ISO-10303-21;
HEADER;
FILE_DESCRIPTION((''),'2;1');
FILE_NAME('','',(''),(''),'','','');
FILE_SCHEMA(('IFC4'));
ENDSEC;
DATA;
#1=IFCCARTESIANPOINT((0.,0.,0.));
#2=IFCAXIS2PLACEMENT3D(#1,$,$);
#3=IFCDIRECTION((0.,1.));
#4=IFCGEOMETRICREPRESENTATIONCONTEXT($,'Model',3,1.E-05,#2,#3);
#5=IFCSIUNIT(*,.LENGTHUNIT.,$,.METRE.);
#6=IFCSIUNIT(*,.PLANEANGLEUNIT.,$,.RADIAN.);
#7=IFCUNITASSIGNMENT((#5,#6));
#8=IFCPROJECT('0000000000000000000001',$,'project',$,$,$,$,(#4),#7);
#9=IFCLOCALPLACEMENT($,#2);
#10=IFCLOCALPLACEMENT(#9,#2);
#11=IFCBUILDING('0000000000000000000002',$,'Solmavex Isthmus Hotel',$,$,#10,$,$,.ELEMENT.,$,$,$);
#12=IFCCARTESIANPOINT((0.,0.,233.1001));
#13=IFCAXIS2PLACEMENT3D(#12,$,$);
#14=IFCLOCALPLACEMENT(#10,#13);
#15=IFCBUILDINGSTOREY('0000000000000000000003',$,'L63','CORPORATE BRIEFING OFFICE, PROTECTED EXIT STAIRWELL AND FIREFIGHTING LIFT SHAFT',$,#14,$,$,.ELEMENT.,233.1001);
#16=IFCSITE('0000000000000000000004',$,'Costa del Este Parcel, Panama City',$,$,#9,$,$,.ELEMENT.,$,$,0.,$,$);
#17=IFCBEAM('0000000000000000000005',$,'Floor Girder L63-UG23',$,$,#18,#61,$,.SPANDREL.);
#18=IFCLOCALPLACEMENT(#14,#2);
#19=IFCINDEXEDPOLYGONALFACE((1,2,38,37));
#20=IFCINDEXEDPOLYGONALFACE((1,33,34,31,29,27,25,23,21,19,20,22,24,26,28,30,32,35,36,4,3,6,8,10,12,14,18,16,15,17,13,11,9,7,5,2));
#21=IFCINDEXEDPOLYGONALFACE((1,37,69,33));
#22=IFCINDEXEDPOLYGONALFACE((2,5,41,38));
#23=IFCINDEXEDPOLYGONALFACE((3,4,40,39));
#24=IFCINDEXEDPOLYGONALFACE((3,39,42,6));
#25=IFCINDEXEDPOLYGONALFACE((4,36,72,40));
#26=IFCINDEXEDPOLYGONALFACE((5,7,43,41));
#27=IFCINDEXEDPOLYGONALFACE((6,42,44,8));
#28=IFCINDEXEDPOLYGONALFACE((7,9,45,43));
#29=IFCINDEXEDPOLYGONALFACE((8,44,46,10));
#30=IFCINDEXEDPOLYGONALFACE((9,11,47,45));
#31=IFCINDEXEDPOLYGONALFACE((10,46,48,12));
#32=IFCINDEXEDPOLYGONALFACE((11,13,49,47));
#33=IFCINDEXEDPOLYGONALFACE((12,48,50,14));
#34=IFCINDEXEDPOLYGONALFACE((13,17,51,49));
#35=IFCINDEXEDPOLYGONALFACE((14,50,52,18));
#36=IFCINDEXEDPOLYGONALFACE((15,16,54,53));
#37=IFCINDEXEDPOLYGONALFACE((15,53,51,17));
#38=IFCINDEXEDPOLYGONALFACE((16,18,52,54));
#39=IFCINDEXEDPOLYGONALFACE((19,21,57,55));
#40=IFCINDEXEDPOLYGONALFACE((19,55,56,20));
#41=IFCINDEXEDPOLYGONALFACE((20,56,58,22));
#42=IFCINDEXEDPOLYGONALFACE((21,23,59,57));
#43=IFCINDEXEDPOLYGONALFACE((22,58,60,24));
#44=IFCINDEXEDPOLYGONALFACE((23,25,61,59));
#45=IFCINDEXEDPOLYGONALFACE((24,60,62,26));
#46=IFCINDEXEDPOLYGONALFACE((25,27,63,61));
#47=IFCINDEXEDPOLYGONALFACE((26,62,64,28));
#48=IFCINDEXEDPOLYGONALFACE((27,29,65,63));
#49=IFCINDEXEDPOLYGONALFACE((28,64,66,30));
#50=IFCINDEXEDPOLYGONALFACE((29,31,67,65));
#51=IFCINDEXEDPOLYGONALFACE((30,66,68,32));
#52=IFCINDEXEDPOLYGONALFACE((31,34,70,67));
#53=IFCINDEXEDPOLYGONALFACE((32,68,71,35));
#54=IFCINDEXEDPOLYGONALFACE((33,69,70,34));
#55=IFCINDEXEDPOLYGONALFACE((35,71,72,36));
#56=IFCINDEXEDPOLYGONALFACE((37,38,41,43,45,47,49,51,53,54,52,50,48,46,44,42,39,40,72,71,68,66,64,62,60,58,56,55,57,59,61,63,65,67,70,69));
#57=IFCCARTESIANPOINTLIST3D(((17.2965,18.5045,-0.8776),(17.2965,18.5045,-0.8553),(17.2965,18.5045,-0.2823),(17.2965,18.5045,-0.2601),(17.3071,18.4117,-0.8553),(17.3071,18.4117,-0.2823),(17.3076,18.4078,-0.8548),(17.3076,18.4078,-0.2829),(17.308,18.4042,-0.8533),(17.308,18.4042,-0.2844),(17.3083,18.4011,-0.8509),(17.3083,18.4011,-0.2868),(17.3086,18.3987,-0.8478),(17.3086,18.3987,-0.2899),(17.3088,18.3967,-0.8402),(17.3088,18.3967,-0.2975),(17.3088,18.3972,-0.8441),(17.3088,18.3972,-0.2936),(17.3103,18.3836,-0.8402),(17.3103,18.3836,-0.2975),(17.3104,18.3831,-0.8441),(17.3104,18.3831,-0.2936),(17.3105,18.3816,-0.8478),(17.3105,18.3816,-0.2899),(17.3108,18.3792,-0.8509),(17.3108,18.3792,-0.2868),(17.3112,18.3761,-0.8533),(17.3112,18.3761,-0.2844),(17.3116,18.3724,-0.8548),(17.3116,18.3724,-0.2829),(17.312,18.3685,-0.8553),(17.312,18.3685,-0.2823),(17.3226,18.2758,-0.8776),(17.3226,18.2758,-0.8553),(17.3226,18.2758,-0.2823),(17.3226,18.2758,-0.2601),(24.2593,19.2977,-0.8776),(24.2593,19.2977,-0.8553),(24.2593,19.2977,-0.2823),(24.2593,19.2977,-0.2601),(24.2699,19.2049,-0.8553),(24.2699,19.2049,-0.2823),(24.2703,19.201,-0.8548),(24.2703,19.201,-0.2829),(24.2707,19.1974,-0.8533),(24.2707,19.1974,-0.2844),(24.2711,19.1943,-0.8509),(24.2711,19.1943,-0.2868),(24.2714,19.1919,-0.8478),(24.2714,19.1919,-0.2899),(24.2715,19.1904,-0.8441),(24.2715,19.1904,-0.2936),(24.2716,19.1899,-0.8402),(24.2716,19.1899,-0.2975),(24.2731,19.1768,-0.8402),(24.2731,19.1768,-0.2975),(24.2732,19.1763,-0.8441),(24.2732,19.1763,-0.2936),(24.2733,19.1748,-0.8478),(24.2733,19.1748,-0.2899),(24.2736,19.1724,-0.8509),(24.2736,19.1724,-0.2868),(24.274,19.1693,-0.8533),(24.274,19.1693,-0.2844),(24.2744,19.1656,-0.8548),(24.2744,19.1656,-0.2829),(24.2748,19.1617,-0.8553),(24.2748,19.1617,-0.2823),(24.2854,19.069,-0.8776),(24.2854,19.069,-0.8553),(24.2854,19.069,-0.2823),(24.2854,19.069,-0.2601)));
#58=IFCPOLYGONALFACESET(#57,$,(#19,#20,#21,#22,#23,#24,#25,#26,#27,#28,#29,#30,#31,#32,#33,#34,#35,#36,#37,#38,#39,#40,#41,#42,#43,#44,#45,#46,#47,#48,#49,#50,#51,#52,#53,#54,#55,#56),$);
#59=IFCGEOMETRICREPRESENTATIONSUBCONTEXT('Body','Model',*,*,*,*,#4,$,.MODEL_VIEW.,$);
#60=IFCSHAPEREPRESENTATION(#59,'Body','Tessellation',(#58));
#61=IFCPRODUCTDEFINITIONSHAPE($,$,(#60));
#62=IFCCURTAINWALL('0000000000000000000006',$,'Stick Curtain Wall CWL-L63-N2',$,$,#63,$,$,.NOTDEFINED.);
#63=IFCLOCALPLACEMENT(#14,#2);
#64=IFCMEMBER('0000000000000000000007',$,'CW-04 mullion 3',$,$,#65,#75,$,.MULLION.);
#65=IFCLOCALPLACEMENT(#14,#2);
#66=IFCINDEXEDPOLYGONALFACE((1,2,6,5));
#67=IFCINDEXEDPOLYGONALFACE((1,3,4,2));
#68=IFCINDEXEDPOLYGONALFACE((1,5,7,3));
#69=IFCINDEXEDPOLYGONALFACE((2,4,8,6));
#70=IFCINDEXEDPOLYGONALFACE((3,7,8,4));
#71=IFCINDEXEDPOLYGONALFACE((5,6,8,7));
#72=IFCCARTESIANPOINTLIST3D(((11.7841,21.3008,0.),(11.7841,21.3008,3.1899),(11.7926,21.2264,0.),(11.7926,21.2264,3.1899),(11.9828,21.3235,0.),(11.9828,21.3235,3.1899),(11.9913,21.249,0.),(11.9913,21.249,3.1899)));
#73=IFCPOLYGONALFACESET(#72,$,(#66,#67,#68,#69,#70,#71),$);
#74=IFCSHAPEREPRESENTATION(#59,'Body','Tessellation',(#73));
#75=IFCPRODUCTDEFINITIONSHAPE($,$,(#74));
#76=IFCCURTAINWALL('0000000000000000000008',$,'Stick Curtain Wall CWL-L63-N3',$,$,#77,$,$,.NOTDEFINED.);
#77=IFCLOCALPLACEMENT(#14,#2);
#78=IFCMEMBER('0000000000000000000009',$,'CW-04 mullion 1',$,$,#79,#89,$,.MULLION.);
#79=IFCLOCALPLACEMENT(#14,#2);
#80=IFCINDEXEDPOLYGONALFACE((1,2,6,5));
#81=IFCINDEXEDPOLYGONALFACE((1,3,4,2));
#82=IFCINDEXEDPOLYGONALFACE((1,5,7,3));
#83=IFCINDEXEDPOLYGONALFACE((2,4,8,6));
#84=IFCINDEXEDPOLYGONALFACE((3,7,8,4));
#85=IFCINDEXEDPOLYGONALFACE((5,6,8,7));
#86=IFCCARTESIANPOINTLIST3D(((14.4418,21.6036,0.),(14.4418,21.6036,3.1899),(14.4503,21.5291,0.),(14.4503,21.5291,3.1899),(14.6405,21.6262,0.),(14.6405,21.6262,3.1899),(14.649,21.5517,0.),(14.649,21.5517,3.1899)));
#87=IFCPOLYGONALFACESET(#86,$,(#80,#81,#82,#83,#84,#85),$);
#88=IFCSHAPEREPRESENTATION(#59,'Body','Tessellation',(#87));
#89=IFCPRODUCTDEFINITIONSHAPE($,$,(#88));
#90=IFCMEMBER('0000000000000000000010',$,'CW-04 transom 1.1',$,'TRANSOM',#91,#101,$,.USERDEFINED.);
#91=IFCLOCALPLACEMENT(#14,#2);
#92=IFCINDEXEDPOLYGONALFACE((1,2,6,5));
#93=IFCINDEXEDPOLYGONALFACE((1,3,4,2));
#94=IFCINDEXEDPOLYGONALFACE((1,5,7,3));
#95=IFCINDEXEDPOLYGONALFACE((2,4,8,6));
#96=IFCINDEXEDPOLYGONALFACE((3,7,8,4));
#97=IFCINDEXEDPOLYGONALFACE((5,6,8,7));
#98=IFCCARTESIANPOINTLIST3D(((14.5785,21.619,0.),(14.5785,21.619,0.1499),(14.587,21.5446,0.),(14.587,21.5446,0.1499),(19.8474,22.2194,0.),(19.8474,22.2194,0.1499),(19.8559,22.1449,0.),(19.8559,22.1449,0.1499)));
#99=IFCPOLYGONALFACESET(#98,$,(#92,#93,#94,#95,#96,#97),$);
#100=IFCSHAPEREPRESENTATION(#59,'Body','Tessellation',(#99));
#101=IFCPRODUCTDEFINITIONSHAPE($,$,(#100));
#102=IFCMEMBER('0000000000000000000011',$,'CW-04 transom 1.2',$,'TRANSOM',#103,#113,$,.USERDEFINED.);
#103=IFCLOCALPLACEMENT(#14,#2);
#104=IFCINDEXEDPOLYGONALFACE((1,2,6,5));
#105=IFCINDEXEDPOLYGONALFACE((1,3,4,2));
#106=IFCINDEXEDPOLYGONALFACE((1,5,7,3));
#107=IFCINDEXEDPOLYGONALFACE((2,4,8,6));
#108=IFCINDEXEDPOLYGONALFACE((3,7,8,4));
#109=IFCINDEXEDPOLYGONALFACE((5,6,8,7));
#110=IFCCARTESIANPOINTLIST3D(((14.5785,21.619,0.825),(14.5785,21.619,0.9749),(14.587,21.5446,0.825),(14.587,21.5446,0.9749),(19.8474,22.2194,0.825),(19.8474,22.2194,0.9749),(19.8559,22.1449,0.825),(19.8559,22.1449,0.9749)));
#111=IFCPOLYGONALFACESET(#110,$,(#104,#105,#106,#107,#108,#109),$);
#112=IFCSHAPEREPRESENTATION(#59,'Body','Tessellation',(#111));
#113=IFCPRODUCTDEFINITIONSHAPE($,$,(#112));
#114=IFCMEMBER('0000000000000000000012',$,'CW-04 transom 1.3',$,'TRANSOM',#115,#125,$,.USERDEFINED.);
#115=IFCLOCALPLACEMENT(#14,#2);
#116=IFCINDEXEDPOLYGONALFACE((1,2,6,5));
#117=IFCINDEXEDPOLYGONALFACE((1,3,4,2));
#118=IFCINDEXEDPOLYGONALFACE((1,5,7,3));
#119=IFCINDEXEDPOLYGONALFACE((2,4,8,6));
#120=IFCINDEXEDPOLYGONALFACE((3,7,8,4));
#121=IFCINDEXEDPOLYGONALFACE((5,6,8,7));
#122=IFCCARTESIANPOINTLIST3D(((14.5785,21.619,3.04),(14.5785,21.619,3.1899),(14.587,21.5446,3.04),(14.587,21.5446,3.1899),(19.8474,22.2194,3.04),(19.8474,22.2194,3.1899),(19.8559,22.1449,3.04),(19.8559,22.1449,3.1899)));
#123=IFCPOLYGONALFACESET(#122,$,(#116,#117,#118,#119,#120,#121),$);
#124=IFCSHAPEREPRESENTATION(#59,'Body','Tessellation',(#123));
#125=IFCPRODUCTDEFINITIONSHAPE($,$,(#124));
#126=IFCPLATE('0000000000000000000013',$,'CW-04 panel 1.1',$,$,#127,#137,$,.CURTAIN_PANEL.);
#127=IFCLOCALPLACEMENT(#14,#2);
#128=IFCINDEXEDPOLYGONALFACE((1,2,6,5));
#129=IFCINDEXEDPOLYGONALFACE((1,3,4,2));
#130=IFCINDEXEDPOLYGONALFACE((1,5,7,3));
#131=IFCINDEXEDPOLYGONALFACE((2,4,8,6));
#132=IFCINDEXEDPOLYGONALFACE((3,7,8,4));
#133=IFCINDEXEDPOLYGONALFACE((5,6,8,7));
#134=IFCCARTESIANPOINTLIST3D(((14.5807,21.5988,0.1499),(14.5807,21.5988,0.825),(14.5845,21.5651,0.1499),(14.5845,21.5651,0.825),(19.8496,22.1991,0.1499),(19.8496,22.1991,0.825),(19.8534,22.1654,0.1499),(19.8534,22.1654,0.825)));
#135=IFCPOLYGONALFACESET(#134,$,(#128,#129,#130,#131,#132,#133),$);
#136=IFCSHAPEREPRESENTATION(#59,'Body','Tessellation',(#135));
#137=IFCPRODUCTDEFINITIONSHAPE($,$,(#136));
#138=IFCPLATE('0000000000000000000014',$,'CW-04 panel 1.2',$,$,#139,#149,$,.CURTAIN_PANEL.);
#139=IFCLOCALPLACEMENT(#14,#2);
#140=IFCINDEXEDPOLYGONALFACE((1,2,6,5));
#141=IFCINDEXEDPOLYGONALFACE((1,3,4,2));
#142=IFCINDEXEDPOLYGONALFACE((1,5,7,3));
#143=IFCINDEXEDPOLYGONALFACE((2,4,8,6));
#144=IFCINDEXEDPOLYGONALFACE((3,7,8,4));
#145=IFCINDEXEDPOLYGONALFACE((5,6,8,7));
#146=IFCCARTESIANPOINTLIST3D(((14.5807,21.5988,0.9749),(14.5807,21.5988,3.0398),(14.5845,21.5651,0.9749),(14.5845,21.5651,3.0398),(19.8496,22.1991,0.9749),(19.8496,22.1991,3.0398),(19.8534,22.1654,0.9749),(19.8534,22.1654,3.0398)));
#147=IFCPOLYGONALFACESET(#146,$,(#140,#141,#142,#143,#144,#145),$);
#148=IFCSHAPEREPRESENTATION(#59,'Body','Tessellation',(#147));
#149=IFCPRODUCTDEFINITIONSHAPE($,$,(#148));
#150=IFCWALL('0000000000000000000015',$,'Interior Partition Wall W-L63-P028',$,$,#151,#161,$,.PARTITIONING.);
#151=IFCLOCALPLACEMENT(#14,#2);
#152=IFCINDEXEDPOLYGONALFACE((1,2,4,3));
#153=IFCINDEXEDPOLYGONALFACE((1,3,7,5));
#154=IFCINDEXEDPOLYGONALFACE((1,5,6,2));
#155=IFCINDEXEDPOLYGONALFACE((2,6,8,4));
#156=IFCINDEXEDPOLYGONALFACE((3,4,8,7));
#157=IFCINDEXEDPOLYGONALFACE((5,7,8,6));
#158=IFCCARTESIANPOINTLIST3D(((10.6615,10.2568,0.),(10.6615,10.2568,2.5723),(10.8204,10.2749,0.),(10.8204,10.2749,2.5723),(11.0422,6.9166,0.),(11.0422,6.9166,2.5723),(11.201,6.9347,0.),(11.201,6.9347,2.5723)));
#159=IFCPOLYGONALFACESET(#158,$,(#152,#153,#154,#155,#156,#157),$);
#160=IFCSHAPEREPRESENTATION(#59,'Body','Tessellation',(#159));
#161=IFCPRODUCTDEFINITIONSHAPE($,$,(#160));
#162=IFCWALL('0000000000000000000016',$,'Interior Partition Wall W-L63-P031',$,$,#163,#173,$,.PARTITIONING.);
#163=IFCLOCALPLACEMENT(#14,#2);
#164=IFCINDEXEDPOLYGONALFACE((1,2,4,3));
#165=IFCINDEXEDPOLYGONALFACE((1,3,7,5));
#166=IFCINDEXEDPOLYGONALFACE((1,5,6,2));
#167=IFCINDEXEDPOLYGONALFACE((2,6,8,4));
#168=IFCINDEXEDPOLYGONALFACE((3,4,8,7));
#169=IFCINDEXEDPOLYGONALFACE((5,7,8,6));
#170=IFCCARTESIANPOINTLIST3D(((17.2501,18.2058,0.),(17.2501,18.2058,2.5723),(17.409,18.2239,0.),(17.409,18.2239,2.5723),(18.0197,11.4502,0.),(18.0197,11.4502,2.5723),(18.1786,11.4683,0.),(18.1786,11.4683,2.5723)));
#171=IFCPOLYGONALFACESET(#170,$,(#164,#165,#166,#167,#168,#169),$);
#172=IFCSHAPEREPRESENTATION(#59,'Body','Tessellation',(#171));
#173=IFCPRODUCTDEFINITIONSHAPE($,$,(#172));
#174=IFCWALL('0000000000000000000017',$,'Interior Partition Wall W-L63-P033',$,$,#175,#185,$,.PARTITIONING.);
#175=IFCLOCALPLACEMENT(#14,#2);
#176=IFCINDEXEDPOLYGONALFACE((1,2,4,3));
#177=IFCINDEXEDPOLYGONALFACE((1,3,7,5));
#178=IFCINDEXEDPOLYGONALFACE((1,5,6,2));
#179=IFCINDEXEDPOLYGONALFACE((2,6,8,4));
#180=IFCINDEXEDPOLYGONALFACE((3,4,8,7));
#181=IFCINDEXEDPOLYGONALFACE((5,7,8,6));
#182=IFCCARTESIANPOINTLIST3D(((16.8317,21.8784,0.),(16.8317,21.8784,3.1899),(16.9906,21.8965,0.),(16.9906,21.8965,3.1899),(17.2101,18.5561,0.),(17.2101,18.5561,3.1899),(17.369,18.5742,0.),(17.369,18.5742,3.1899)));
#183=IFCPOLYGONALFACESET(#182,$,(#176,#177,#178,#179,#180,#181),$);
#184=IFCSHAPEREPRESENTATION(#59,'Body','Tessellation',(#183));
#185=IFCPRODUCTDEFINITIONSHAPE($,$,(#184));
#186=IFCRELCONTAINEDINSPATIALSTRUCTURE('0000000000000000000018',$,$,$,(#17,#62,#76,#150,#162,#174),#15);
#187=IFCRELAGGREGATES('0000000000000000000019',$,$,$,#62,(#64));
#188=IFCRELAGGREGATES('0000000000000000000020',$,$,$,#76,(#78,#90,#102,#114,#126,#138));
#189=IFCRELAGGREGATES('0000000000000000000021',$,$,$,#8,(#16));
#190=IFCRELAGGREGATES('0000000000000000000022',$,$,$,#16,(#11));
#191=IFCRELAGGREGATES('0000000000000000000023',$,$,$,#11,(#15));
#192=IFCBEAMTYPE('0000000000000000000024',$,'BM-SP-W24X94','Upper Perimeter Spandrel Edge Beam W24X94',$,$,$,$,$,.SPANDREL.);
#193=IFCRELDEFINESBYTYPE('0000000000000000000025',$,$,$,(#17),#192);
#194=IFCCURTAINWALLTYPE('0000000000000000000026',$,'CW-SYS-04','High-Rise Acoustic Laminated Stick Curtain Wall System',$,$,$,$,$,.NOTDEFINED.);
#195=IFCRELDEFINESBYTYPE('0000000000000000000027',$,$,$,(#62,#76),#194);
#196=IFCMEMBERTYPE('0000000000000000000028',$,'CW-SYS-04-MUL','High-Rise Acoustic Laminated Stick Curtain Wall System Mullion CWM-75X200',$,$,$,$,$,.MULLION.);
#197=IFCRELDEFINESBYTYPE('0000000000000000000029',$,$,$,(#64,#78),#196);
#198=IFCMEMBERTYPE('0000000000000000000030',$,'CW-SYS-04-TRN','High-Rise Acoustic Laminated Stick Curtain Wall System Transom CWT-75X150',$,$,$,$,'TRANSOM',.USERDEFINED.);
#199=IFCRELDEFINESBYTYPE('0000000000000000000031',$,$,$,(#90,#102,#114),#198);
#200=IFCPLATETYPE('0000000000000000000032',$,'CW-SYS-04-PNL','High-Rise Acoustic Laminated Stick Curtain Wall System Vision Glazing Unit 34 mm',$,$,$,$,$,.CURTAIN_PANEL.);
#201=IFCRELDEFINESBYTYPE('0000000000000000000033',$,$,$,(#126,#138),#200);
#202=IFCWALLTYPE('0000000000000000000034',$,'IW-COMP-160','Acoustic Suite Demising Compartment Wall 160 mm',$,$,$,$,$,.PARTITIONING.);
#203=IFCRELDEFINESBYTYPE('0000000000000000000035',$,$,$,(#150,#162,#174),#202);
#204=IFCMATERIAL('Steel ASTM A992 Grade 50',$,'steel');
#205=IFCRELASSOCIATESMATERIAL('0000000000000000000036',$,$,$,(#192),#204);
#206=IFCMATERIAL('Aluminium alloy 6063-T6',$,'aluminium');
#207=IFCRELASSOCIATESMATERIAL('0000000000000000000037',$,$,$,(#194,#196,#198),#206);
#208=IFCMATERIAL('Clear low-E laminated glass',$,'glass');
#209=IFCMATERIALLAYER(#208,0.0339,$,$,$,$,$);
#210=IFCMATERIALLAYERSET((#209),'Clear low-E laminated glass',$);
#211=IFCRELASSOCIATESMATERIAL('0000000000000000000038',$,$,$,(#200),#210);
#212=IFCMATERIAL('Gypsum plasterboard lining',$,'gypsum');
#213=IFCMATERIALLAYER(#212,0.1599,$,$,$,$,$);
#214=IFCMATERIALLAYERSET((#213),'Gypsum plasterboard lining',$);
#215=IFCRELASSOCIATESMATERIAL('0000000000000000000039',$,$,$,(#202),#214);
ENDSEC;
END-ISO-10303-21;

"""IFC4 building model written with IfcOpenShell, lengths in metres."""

from ifc_helpers import new_model, si_unit, direction, frame, frame_2d, origin, origin_2d, place, context, subcontext, project, spatial, rectangle, i_section, extrude, material, layer, layer_set, material_profile, profile_set, type_object, element, aggregate, save


model = new_model("IFC4")

# Units and contexts
model_context = context("Model", 3, precision=1e-05, world=origin(), true_north=direction((0.0, 1.0)))
body_context = subcontext(model_context, "Body", "Model", "MODEL_VIEW")
ifc_project = project(units=[si_unit("LENGTHUNIT", "METRE"), si_unit("PLANEANGLEUNIT", "RADIAN")], contexts=[model_context])

# Site, building, storey
site_placement = place(None, origin())
site = spatial("IfcSite", under=ifc_project, at=site_placement, Name="Costa del Este Parcel, Panama City", CompositionType="ELEMENT", RefElevation=0.0)
building_placement = place(site_placement, origin())
building = spatial("IfcBuilding", under=site, at=building_placement, Name="Solmavex Isthmus Hotel", CompositionType="ELEMENT")
storey_placement = place(building_placement, frame((0.0, 0.0, 233.1001)))
storey = spatial("IfcBuildingStorey", under=building, at=storey_placement, Name="L63", Description="CORPORATE BRIEFING OFFICE, PROTECTED EXIT STAIRWELL AND FIREFIGHTING LIFT SHAFT", CompositionType="ELEMENT", Elevation=233.1001)

# Beam
ifc_material_1 = material(Name="Steel ASTM A992 Grade 50", Category="steel")
ifc_material_profile_1 = material_profile(ifc_material_1, i_section(OverallWidth=0.2302, OverallDepth=0.6174, WebThickness=0.0132, FlangeThickness=0.0222, FilletRadius=0.0151, at=origin_2d()), Name="W24X94")
ifc_profile_set_1 = profile_set([ifc_material_profile_1], Name="Steel ASTM A992 Grade 50")
beam_type_1 = type_object("IfcBeamType", Name="BM-SP-W24X94", Description="Upper Perimeter Spandrel Edge Beam W24X94", PredefinedType="SPANDREL", material=ifc_profile_set_1)
beam_1_placement = place(storey_placement, frame((17.3096, 18.3901, -0.5688), z_axis=(0.993574, 0.113188, 0.0), x_axis=(-0.113188, 0.993574, 0.0)))
element("IfcBeam", 1, at=beam_1_placement, inside=storey, type_object=beam_type_1, Name="Floor Girder L63-UG23", PredefinedType="SPANDREL", context=body_context, shape_type="SweptSolid", body=[
    extrude(i_section(OverallWidth=0.2302, OverallDepth=0.6174, WebThickness=0.0132, FlangeThickness=0.0222, FilletRadius=0.0151, at=origin_2d()), origin(), (0.0, 0.0, 1.0), 7.0078),
])

# Curtain wall, member
ifc_material_2 = material(Name="Aluminium alloy 6063-T6", Category="aluminium")
curtain_wall_type = type_object("IfcCurtainWallType", Name="CW-SYS-04", Description="High-Rise Acoustic Laminated Stick Curtain Wall System", PredefinedType="NOTDEFINED", material=ifc_material_2)
curtain_wall_1_placement = place(storey_placement, origin())
curtain_wall_1 = element("IfcCurtainWall", 2, at=curtain_wall_1_placement, inside=storey, type_object=curtain_wall_type, Name="Stick Curtain Wall CWL-L63-N2", PredefinedType="NOTDEFINED")
ifc_material_profile_2 = material_profile(ifc_material_2, rectangle(XDim=0.075, YDim=0.2, at=origin_2d()), Name="CWM-75X200")
ifc_profile_set_2 = profile_set([ifc_material_profile_2], Name="Aluminium alloy 6063-T6")
member_type_1 = type_object("IfcMemberType", Name="CW-SYS-04-MUL", Description="High-Rise Acoustic Laminated Stick Curtain Wall System Mullion CWM-75X200", PredefinedType="MULLION", material=ifc_profile_set_2)
member_1_placement = place(storey_placement, frame((11.8877, 21.2749, 0.0), z_axis=(0.0, 0.0, 1.0), x_axis=(-0.113203, 0.993572, 0.0)))
member_1 = element("IfcMember", 3, at=member_1_placement, type_object=member_type_1, Name="CW-04 mullion 3", PredefinedType="MULLION", context=body_context, shape_type="SweptSolid", body=[
    extrude(rectangle(XDim=0.075, YDim=0.2, at=origin_2d()), origin(), (0.0, 0.0, 1.0), 3.1899),
])
aggregate(curtain_wall_1, [member_1])

# Curtain wall, members, plates
curtain_wall_2_placement = place(storey_placement, origin())
curtain_wall_2 = element("IfcCurtainWall", 4, at=curtain_wall_2_placement, inside=storey, type_object=curtain_wall_type, Name="Stick Curtain Wall CWL-L63-N3", PredefinedType="NOTDEFINED")
member_2_placement = place(storey_placement, frame((14.5454, 21.5776, 0.0), z_axis=(0.0, 0.0, 1.0), x_axis=(-0.113204, 0.993572, 0.0)))
member_2 = element("IfcMember", 5, at=member_2_placement, type_object=member_type_1, Name="CW-04 mullion 1", PredefinedType="MULLION", context=body_context, shape_type="SweptSolid", body=[
    extrude(rectangle(XDim=0.075, YDim=0.2, at=origin_2d()), origin(), (0.0, 0.0, 1.0), 3.1899),
])
ifc_material_profile_3 = material_profile(ifc_material_2, rectangle(XDim=0.075, YDim=0.1499, at=origin_2d()), Name="CWT-75X150")
ifc_profile_set_3 = profile_set([ifc_material_profile_3], Name="Aluminium alloy 6063-T6")
member_type_2 = type_object("IfcMemberType", Name="CW-SYS-04-TRN", Description="High-Rise Acoustic Laminated Stick Curtain Wall System Transom CWT-75X150", ElementType="TRANSOM", PredefinedType="USERDEFINED", material=ifc_profile_set_3)
member_3_placement = place(storey_placement, frame((14.5828, 21.5818, 0.075), z_axis=(0.993571, 0.11321, 0.0), x_axis=(-0.11321, 0.993571, 0.0)))
member_3 = element("IfcMember", 6, at=member_3_placement, type_object=member_type_2, Name="CW-04 transom 1.1", ObjectType="TRANSOM", PredefinedType="USERDEFINED", context=body_context, shape_type="SweptSolid", body=[
    extrude(rectangle(XDim=0.075, YDim=0.1499, at=origin_2d()), origin(), (0.0, 0.0, 1.0), 5.303),
])
member_4_placement = place(storey_placement, frame((14.5828, 21.5818, 0.8999), z_axis=(0.993571, 0.11321, 0.0), x_axis=(-0.11321, 0.993571, 0.0)))
member_4 = element("IfcMember", 7, at=member_4_placement, type_object=member_type_2, Name="CW-04 transom 1.2", ObjectType="TRANSOM", PredefinedType="USERDEFINED", context=body_context, shape_type="SweptSolid", body=[
    extrude(rectangle(XDim=0.075, YDim=0.1499, at=origin_2d()), origin(), (0.0, 0.0, 1.0), 5.303),
])
member_5_placement = place(storey_placement, frame((14.5828, 21.5818, 3.115), z_axis=(0.993571, 0.11321, 0.0), x_axis=(-0.11321, 0.993571, 0.0)))
member_5 = element("IfcMember", 8, at=member_5_placement, type_object=member_type_2, Name="CW-04 transom 1.3", ObjectType="TRANSOM", PredefinedType="USERDEFINED", context=body_context, shape_type="SweptSolid", body=[
    extrude(rectangle(XDim=0.075, YDim=0.1499, at=origin_2d()), origin(), (0.0, 0.0, 1.0), 5.303),
])
ifc_material_3 = material(Name="Clear low-E laminated glass", Category="glass")
ifc_layer_1 = layer(ifc_material_3, 0.0339)
ifc_layer_set_1 = layer_set([ifc_layer_1], Name="Clear low-E laminated glass")
plate_type = type_object("IfcPlateType", Name="CW-SYS-04-PNL", Description="High-Rise Acoustic Laminated Stick Curtain Wall System Vision Glazing Unit 34 mm", PredefinedType="CURTAIN_PANEL", material=ifc_layer_set_1)
plate_1_placement = place(storey_placement, frame((17.217, 21.8821, 0.1499), z_axis=(0.0, 0.0, 1.0), x_axis=(0.993572, 0.113204, 0.0)))
plate_1 = element("IfcPlate", 9, at=plate_1_placement, type_object=plate_type, Name="CW-04 panel 1.1", PredefinedType="CURTAIN_PANEL", context=body_context, shape_type="SweptSolid", body=[
    extrude(rectangle(XDim=5.303, YDim=0.0339, at=origin_2d()), origin(), (0.0, 0.0, 1.0), 0.675),
])
plate_2_placement = place(storey_placement, frame((17.217, 21.8821, 0.9749), z_axis=(0.0, 0.0, 1.0), x_axis=(0.993572, 0.113204, 0.0)))
plate_2 = element("IfcPlate", 10, at=plate_2_placement, type_object=plate_type, Name="CW-04 panel 1.2", PredefinedType="CURTAIN_PANEL", context=body_context, shape_type="SweptSolid", body=[
    extrude(rectangle(XDim=5.303, YDim=0.0339, at=origin_2d()), origin(), (0.0, 0.0, 1.0), 2.0649),
])
aggregate(curtain_wall_2, [member_2, member_3, member_4, member_5, plate_1, plate_2])

# Walls
ifc_material_4 = material(Name="Gypsum plasterboard lining", Category="gypsum")
ifc_layer_2 = layer(ifc_material_4, 0.1599)
ifc_layer_set_2 = layer_set([ifc_layer_2], Name="Gypsum plasterboard lining")
wall_type_1 = type_object("IfcWallType", Name="IW-COMP-160", Description="Acoustic Suite Demising Compartment Wall 160 mm", PredefinedType="PARTITIONING", material=ifc_layer_set_2)
wall_1_placement = place(storey_placement, frame((10.741, 10.2659, 0.0), z_axis=(0.0, 0.0, 1.0), x_axis=(0.113221, -0.99357, 0.0)))
element("IfcWall", 11, at=wall_1_placement, inside=storey, type_object=wall_type_1, Name="Interior Partition Wall W-L63-P028", PredefinedType="PARTITIONING", context=body_context, shape_type="SweptSolid", body=[
    extrude(rectangle(XDim=3.3618, YDim=0.1599, at=frame_2d((1.6809, 0.0))), origin(), (0.0, 0.0, 1.0), 2.5723),
])
wall_2_placement = place(storey_placement, frame((17.3296, 18.2148, 0.0), z_axis=(0.0, 0.0, 1.0), x_axis=(0.113178, -0.993575, 0.0)))
element("IfcWall", 12, at=wall_2_placement, inside=storey, type_object=wall_type_1, Name="Interior Partition Wall W-L63-P031", PredefinedType="PARTITIONING", context=body_context, shape_type="SweptSolid", body=[
    extrude(rectangle(XDim=6.7993, YDim=0.1599, at=frame_2d((3.3997, 0.0))), origin(), (0.0, 0.0, 1.0), 2.5723),
])
wall_3_placement = place(storey_placement, frame((16.9111, 21.8875, 0.0), z_axis=(0.0, 0.0, 1.0), x_axis=(0.113172, -0.993575, 0.0)))
element("IfcWall", 13, at=wall_3_placement, inside=storey, type_object=wall_type_1, Name="Interior Partition Wall W-L63-P033", PredefinedType="PARTITIONING", context=body_context, shape_type="SweptSolid", body=[
    extrude(rectangle(XDim=3.3438, YDim=0.1599, at=frame_2d((1.6719, 0.0))), origin(), (0.0, 0.0, 1.0), 3.1899),
])

save(model, "model.ifc")
